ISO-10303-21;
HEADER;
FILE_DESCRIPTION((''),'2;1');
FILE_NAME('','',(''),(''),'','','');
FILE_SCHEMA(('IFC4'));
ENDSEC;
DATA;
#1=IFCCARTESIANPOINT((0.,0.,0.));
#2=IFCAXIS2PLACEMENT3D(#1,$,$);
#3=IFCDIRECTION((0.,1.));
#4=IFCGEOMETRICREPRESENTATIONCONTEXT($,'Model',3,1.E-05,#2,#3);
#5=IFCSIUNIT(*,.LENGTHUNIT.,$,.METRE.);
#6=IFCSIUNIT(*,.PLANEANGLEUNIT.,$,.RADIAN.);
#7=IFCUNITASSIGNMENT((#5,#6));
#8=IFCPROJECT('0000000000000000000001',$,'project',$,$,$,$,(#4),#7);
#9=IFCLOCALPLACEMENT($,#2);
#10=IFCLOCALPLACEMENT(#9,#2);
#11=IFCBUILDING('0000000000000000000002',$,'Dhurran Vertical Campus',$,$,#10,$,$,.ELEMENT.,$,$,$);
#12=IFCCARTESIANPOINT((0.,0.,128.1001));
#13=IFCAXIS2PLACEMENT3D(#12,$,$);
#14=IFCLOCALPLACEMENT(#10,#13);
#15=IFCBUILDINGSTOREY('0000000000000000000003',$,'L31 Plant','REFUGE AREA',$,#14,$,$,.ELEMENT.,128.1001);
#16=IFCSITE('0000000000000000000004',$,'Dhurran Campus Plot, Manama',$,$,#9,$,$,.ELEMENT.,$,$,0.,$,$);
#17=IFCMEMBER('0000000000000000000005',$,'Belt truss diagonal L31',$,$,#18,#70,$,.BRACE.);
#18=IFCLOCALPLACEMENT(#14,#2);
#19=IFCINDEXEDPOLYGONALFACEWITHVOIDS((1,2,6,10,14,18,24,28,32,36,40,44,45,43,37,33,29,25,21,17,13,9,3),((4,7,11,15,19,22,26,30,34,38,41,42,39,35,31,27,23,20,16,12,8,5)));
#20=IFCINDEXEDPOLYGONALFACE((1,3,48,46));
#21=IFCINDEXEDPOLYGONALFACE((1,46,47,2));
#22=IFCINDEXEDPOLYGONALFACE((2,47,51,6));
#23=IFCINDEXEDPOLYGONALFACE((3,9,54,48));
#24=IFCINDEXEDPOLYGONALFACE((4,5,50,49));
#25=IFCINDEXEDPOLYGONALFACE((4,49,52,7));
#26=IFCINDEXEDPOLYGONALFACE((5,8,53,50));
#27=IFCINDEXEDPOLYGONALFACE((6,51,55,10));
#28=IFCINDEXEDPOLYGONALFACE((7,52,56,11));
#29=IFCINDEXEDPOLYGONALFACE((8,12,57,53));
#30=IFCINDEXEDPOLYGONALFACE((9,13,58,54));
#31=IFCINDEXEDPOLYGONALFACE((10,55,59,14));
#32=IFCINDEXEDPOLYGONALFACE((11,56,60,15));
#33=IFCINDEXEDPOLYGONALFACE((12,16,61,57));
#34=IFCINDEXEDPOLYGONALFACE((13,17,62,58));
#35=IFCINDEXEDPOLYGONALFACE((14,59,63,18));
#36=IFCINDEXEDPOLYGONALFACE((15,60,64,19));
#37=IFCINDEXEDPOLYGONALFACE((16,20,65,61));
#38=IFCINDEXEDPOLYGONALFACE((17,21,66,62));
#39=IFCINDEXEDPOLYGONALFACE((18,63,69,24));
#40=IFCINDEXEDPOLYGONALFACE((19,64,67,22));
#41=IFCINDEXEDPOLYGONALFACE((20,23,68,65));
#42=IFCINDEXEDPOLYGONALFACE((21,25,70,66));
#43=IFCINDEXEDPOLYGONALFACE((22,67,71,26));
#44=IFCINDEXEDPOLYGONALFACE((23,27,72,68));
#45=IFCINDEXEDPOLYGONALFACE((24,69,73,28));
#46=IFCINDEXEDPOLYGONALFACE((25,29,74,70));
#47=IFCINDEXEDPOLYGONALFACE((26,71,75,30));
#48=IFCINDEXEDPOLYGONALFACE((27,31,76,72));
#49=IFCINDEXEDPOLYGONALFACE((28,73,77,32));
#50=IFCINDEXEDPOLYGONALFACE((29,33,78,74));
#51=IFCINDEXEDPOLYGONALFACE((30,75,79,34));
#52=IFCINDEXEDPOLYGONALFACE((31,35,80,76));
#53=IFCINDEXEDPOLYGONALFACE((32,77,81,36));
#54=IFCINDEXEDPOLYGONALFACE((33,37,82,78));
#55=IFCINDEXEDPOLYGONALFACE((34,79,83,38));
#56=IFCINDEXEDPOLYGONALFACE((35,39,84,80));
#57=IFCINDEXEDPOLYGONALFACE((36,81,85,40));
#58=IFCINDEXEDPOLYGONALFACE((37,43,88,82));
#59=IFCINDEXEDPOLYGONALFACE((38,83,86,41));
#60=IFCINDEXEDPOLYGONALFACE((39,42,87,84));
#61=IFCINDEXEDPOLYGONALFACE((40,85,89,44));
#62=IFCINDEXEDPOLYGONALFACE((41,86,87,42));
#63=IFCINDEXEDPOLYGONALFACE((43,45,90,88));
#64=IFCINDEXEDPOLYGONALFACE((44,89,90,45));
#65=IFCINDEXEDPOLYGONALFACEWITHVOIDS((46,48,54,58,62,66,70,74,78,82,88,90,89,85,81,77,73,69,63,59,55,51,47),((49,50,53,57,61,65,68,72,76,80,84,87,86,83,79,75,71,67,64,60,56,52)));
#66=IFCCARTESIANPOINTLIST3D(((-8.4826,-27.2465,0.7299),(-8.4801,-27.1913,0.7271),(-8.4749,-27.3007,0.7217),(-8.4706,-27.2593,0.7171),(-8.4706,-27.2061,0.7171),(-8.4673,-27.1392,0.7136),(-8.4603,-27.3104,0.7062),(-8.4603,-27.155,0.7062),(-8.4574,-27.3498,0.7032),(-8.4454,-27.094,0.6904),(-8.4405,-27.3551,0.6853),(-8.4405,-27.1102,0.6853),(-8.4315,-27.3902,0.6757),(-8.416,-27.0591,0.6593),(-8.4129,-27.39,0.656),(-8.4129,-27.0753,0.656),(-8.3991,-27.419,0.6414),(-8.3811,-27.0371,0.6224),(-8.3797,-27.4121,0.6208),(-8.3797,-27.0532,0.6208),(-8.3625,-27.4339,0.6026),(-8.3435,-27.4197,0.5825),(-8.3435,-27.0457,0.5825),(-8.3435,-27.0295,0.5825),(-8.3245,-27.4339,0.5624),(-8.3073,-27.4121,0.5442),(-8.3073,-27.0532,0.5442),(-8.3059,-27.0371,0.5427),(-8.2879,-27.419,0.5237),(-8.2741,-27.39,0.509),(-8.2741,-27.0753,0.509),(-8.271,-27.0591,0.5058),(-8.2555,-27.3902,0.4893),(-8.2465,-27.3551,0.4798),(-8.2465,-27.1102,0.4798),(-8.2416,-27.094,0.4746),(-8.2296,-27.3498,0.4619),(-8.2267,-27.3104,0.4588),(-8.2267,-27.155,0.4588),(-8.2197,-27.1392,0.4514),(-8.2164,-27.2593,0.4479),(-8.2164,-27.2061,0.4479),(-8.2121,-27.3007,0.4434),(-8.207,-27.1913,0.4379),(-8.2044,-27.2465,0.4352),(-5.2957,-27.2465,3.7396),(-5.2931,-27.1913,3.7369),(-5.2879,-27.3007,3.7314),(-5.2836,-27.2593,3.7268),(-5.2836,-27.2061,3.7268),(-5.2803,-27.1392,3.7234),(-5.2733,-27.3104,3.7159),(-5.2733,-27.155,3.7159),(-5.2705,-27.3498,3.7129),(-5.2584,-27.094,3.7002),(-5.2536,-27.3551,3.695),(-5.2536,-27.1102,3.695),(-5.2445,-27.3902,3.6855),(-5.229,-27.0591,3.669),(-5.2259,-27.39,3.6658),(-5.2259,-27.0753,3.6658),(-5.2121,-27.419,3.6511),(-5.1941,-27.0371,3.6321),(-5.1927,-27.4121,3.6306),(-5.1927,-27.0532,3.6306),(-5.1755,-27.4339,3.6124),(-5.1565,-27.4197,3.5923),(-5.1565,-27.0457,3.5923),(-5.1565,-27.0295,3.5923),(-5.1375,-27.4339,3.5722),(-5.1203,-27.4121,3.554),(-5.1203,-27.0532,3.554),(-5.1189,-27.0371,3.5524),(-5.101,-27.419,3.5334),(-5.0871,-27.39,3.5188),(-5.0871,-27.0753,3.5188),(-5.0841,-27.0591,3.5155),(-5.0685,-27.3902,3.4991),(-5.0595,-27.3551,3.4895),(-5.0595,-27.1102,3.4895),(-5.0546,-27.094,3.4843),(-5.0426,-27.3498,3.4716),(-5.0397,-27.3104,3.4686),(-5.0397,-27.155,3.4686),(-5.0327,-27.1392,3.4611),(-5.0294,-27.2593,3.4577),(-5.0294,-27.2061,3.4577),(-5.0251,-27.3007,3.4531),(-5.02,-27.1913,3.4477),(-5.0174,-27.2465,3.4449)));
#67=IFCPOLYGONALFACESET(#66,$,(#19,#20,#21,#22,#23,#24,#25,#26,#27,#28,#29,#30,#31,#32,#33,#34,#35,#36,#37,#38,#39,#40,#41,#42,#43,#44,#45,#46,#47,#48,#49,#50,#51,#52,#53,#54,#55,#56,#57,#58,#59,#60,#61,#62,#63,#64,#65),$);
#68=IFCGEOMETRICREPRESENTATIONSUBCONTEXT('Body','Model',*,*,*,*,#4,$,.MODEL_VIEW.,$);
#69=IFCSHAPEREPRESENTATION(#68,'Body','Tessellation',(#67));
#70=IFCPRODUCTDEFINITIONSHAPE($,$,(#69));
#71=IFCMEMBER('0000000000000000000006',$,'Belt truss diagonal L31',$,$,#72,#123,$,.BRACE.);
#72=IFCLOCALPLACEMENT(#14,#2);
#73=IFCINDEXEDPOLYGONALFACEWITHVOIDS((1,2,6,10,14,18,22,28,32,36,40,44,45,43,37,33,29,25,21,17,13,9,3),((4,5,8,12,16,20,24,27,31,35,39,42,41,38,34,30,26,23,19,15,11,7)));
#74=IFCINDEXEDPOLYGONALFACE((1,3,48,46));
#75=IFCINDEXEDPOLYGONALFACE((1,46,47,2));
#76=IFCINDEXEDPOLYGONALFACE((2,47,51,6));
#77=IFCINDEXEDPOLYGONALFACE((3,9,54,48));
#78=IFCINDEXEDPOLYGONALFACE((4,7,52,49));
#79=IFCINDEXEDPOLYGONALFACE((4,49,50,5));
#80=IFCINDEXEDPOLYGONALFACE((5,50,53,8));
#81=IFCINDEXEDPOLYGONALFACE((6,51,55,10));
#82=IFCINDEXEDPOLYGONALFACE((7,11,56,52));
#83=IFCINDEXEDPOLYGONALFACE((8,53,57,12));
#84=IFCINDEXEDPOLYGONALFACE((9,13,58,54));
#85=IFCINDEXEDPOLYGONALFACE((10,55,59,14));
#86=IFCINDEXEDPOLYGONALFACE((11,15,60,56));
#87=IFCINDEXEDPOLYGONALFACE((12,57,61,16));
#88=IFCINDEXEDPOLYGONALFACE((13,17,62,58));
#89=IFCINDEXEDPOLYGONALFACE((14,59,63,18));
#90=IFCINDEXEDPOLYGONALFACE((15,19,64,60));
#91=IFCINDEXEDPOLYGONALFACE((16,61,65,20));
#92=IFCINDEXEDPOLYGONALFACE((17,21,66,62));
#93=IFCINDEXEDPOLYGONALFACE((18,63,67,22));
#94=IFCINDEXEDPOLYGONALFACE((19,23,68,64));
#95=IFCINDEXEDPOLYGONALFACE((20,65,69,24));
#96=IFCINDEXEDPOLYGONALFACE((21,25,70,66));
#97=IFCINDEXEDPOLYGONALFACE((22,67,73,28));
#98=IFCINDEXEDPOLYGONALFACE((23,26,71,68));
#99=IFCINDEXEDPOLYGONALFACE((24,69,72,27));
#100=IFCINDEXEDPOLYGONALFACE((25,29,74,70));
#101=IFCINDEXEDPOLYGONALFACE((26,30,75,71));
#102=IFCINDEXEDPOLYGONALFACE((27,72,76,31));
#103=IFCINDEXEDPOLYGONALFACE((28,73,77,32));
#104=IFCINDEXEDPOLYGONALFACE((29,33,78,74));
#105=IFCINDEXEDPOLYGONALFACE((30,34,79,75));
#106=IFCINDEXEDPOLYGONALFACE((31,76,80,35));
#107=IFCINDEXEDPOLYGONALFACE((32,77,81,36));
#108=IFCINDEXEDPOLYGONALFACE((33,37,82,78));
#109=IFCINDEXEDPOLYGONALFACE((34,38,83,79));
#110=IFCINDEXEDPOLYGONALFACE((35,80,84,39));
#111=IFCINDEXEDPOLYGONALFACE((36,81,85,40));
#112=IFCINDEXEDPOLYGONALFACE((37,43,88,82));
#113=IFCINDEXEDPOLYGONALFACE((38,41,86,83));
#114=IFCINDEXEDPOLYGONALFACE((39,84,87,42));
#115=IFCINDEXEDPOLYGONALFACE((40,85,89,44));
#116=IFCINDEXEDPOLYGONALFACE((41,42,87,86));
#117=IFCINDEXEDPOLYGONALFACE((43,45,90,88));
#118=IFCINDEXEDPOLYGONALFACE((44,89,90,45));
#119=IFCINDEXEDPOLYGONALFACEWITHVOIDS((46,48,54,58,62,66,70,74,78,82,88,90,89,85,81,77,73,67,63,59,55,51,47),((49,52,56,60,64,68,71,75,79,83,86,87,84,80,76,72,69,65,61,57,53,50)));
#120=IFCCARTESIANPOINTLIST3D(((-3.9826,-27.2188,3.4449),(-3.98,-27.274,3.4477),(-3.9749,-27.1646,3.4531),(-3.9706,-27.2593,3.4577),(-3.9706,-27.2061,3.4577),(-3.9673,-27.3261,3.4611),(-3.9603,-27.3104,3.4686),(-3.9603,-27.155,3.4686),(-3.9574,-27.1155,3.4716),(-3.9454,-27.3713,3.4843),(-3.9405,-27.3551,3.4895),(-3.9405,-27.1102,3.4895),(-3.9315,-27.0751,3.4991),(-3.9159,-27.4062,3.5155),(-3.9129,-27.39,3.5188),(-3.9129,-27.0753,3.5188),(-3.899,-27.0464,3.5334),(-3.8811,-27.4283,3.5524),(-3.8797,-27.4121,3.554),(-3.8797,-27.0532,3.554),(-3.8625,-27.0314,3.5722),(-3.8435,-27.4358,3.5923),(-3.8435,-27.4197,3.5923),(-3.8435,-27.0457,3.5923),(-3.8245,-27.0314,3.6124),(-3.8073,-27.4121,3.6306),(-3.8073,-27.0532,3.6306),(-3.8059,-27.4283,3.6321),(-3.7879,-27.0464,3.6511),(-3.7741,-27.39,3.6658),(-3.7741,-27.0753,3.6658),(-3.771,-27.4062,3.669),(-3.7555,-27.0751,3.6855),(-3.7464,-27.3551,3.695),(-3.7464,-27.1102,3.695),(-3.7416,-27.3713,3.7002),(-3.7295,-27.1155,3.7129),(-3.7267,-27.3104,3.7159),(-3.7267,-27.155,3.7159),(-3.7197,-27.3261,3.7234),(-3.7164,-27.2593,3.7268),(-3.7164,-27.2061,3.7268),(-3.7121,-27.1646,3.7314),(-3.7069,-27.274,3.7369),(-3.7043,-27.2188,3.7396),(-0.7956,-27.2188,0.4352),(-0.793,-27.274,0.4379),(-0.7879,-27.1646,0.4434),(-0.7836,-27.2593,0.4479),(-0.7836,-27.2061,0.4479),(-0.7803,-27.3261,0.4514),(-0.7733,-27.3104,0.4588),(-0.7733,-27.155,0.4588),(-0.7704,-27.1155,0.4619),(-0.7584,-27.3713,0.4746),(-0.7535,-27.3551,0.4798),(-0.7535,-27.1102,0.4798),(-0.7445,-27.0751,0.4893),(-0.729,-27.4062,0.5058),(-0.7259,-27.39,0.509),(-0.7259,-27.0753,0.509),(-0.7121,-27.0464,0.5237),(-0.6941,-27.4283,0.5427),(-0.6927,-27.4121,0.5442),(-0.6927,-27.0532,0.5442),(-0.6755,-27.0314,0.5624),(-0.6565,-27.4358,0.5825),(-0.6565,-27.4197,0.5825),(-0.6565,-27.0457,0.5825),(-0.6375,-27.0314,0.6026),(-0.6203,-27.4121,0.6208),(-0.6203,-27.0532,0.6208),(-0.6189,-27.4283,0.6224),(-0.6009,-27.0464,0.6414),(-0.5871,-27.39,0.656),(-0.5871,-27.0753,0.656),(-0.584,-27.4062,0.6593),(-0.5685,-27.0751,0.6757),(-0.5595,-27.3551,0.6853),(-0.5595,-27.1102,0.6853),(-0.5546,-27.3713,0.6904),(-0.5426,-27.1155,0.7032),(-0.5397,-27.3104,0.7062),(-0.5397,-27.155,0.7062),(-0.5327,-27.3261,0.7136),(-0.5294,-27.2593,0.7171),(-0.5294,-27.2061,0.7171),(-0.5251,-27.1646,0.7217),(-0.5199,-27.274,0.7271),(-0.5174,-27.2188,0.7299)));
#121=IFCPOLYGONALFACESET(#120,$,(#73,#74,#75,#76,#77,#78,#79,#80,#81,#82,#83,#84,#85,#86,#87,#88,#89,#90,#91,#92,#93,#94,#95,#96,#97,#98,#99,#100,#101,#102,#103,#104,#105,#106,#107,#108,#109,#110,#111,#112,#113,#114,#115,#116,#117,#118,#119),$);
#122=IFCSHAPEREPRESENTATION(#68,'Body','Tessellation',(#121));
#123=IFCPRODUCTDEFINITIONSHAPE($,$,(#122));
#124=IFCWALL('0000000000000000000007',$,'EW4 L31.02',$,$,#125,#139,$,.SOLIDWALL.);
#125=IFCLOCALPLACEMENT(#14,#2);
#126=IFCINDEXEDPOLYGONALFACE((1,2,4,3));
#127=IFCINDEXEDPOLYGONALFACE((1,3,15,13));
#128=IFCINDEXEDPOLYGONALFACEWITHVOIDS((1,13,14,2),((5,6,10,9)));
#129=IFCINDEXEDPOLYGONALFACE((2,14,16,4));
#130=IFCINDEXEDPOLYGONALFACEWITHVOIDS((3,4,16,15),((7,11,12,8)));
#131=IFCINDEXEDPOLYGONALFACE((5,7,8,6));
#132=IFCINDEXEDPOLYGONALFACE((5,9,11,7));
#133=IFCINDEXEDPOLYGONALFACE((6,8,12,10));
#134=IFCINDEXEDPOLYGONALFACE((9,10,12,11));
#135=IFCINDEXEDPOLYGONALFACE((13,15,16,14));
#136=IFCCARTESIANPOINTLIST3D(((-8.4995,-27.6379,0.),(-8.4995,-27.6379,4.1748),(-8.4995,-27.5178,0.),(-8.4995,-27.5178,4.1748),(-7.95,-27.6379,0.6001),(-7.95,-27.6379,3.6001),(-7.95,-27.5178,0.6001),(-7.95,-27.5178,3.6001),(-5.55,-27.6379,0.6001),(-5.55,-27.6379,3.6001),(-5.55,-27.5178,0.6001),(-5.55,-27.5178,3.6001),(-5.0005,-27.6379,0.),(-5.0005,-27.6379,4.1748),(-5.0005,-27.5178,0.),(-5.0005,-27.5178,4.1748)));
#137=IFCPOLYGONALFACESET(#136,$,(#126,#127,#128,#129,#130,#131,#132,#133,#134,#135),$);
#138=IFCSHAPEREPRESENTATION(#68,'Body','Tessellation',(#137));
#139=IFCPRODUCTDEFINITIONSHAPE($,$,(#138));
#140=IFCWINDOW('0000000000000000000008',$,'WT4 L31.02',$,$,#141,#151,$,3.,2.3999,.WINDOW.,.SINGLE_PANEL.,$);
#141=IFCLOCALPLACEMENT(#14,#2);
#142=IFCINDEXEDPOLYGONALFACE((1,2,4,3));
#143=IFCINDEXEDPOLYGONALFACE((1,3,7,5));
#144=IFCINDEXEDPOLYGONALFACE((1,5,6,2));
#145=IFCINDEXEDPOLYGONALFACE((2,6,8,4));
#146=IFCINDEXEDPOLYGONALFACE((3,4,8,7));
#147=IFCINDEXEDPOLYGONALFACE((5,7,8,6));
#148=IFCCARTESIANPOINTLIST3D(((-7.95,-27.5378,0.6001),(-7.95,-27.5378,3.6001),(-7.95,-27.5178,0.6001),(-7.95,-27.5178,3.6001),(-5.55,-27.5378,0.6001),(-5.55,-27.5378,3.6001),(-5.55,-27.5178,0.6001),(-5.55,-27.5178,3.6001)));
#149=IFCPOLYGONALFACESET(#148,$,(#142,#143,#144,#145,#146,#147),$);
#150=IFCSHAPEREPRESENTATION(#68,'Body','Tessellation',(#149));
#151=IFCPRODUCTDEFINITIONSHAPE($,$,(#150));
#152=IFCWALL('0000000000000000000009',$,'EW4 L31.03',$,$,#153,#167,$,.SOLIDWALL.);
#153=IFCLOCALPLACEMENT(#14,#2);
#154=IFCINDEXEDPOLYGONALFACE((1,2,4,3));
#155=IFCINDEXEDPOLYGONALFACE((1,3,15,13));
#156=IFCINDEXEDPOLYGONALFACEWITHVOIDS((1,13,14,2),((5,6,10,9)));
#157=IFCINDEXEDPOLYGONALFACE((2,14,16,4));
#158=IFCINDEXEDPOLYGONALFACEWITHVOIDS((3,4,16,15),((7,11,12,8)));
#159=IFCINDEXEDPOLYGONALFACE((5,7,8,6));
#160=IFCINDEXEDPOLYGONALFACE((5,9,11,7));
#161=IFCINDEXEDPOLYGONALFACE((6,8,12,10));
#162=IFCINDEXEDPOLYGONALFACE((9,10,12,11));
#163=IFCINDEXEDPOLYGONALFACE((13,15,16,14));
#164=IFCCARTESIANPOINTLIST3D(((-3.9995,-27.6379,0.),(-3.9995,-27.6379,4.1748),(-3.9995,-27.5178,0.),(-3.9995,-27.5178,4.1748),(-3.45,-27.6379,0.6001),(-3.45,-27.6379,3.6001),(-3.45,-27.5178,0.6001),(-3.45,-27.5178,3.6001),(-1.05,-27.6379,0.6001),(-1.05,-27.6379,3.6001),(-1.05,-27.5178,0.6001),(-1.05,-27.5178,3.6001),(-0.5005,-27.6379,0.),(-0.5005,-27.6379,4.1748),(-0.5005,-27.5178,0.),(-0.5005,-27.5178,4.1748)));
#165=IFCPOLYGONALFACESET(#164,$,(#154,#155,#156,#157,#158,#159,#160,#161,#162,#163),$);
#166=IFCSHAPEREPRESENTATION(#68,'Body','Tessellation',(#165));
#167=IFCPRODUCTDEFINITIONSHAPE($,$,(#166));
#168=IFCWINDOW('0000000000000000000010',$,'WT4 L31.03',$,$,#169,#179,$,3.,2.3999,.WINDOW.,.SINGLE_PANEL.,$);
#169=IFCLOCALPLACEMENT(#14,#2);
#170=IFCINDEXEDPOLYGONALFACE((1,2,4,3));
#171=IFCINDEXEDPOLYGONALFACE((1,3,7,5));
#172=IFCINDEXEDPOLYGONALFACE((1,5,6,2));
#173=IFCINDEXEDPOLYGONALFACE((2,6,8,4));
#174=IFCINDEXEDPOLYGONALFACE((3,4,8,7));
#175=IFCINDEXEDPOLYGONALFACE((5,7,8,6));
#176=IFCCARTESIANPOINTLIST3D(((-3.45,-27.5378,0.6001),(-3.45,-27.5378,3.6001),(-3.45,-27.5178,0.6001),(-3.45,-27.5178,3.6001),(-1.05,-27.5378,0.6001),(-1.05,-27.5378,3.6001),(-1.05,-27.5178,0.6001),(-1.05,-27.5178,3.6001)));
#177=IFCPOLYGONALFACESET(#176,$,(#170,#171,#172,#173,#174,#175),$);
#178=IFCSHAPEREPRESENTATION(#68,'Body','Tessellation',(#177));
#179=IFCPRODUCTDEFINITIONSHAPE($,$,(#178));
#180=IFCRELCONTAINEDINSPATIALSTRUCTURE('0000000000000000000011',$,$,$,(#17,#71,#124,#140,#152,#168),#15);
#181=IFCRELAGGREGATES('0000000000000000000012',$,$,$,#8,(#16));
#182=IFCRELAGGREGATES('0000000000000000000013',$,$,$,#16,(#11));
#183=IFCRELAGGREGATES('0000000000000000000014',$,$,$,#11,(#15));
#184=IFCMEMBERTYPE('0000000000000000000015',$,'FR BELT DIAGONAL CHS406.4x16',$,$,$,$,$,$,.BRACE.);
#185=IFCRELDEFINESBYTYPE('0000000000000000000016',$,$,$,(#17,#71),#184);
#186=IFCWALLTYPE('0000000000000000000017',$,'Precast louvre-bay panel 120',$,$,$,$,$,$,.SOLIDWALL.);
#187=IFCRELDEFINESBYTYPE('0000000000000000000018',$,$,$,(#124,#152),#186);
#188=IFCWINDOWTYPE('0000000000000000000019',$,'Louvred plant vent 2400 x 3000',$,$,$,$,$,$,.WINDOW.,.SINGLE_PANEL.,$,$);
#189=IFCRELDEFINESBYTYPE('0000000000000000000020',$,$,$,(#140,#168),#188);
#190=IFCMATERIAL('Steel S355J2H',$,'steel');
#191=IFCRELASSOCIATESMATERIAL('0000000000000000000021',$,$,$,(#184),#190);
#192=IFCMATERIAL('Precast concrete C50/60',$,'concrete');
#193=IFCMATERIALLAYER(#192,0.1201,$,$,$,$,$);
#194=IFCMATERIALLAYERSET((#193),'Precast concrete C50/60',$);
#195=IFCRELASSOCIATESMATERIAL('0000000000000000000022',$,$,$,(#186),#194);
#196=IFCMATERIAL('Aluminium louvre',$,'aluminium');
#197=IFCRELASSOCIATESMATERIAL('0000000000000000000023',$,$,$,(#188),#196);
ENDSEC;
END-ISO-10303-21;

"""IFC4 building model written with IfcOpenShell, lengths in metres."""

from ifc_helpers import new_model, si_unit, direction, frame, frame_2d, origin, origin_2d, place, context, subcontext, project, spatial, rectangle, hollow_circle, extrude, material, layer, layer_set, material_profile, profile_set, type_object, element, fill, save


model = new_model("IFC4")

# Units and contexts
model_context = context("Model", 3, precision=1e-05, world=origin(), true_north=direction((0.0, 1.0)))
body_context = subcontext(model_context, "Body", "Model", "MODEL_VIEW")
ifc_project = project(units=[si_unit("LENGTHUNIT", "METRE"), si_unit("PLANEANGLEUNIT", "RADIAN")], contexts=[model_context])

# Site, building, storey
site_placement = place(None, origin())
site = spatial("IfcSite", under=ifc_project, at=site_placement, Name="Dhurran Campus Plot, Manama", CompositionType="ELEMENT", RefElevation=0.0)
building_placement = place(site_placement, origin())
building = spatial("IfcBuilding", under=site, at=building_placement, Name="Dhurran Vertical Campus", CompositionType="ELEMENT")
storey_placement = place(building_placement, frame((0.0, 0.0, 128.1001)))
storey = spatial("IfcBuildingStorey", under=building, at=storey_placement, Name="L31 Plant", Description="REFUGE AREA", CompositionType="ELEMENT", Elevation=128.1001)

# Members
ifc_material_1 = material(Name="Steel S355J2H", Category="steel")
ifc_material_profile_1 = material_profile(ifc_material_1, hollow_circle(Radius=0.2031, WallThickness=0.0161, at=origin_2d()), Name="CHS406.4x16")
ifc_profile_set_1 = profile_set([ifc_material_profile_1], Name="Steel S355J2H")
member_type = type_object("IfcMemberType", Name="FR BELT DIAGONAL CHS406.4x16", PredefinedType="BRACE", material=ifc_profile_set_1)
for number, where, z_axis, x_axis, name in (
    (1, (-8.3435, -27.2327, 0.5825), (0.727035, 0.0, 0.686601), (0.0, 1.0, 0.0), "Belt truss diagonal L31"),
    (2, (-0.6565, -27.2327, 0.5825), (-0.727035, 0.0, 0.686601), (0.0, -1.0, 0.0), "Belt truss diagonal L31"),
):
    element("IfcMember", number, at=place(storey_placement, frame(where, z_axis=z_axis, x_axis=x_axis)), inside=storey, type_object=member_type, Name=name, PredefinedType="BRACE", context=body_context, shape_type="SweptSolid", body=[
        extrude(hollow_circle(Radius=0.2031, WallThickness=0.0161, at=origin_2d()), origin(), (0.0, 0.0, 1.0), 4.3835),
    ])

# Walls, openings, windows
ifc_material_2 = material(Name="Precast concrete C50/60", Category="concrete")
ifc_layer_1 = layer(ifc_material_2, 0.1201)
ifc_layer_set_1 = layer_set([ifc_layer_1], Name="Precast concrete C50/60")
wall_type_1 = type_object("IfcWallType", Name="Precast louvre-bay panel 120", PredefinedType="SOLIDWALL", material=ifc_layer_set_1)
wall_1_placement = place(storey_placement, frame((-8.4995, -27.5779, 0.0), z_axis=(0.0, 0.0, 1.0), x_axis=(1.0, 0.0, 0.0)))
wall_1 = element("IfcWall", 3, at=wall_1_placement, inside=storey, type_object=wall_type_1, Name="EW4 L31.02", PredefinedType="SOLIDWALL", context=body_context, shape_type="SweptSolid", body=[
    extrude(rectangle(XDim=3.499, YDim=0.1201, at=frame_2d((1.7495, 0.0))), origin(), (0.0, 0.0, 1.0), 4.1748),
])
opening_1_placement = place(wall_1_placement, frame((0.5496, 0.0, 0.6001)))
opening_1 = element("IfcOpeningElement", 4, at=opening_1_placement, cuts=wall_1, PredefinedType="OPENING", context=body_context, shape_type="SweptSolid", body=[
    extrude(rectangle(XDim=2.3999, YDim=3.0, at=frame_2d((1.2, 1.5))), frame((0.0, 0.0701, 0.0), z_axis=(0.0, -1.0, 0.0), x_axis=(1.0, 0.0, 0.0)), (0.0, 0.0, 1.0), 0.1401),
])
ifc_material_3 = material(Name="Aluminium louvre", Category="aluminium")
window_type = type_object("IfcWindowType", Name="Louvred plant vent 2400 x 3000", PartitioningType="SINGLE_PANEL", PredefinedType="WINDOW", material=ifc_material_3)
window_1_placement = place(opening_1_placement, origin())
window_1 = element("IfcWindow", 5, at=window_1_placement, inside=storey, type_object=window_type, Name="WT4 L31.02", OverallHeight=3.0, OverallWidth=2.3999, PartitioningType="SINGLE_PANEL", PredefinedType="WINDOW", context=body_context, shape_type="SweptSolid", body=[
    extrude(rectangle(XDim=2.3999, YDim=3.0, at=frame_2d((1.2, 1.5))), frame((0.0, 0.0601, 0.0), z_axis=(0.0, -1.0, 0.0), x_axis=(1.0, 0.0, 0.0)), (0.0, 0.0, 1.0), 0.02),
])
fill(opening_1, window_1)
wall_2_placement = place(storey_placement, frame((-3.9995, -27.5779, 0.0), z_axis=(0.0, 0.0, 1.0), x_axis=(1.0, 0.0, 0.0)))
wall_2 = element("IfcWall", 6, at=wall_2_placement, inside=storey, type_object=wall_type_1, Name="EW4 L31.03", PredefinedType="SOLIDWALL", context=body_context, shape_type="SweptSolid", body=[
    extrude(rectangle(XDim=3.499, YDim=0.1201, at=frame_2d((1.7495, 0.0))), origin(), (0.0, 0.0, 1.0), 4.1748),
])
opening_2_placement = place(wall_2_placement, frame((0.5496, 0.0, 0.6001)))
opening_2 = element("IfcOpeningElement", 7, at=opening_2_placement, cuts=wall_2, PredefinedType="OPENING", context=body_context, shape_type="SweptSolid", body=[
    extrude(rectangle(XDim=2.3999, YDim=3.0, at=frame_2d((1.2, 1.5))), frame((0.0, 0.0701, 0.0), z_axis=(0.0, -1.0, 0.0), x_axis=(1.0, 0.0, 0.0)), (0.0, 0.0, 1.0), 0.1401),
])
window_2_placement = place(opening_2_placement, origin())
window_2 = element("IfcWindow", 8, at=window_2_placement, inside=storey, type_object=window_type, Name="WT4 L31.03", OverallHeight=3.0, OverallWidth=2.3999, PartitioningType="SINGLE_PANEL", PredefinedType="WINDOW", context=body_context, shape_type="SweptSolid", body=[
    extrude(rectangle(XDim=2.3999, YDim=3.0, at=frame_2d((1.2, 1.5))), frame((0.0, 0.0601, 0.0), z_axis=(0.0, -1.0, 0.0), x_axis=(1.0, 0.0, 0.0)), (0.0, 0.0, 1.0), 0.02),
])
fill(opening_2, window_2)

save(model, "model.ifc")
